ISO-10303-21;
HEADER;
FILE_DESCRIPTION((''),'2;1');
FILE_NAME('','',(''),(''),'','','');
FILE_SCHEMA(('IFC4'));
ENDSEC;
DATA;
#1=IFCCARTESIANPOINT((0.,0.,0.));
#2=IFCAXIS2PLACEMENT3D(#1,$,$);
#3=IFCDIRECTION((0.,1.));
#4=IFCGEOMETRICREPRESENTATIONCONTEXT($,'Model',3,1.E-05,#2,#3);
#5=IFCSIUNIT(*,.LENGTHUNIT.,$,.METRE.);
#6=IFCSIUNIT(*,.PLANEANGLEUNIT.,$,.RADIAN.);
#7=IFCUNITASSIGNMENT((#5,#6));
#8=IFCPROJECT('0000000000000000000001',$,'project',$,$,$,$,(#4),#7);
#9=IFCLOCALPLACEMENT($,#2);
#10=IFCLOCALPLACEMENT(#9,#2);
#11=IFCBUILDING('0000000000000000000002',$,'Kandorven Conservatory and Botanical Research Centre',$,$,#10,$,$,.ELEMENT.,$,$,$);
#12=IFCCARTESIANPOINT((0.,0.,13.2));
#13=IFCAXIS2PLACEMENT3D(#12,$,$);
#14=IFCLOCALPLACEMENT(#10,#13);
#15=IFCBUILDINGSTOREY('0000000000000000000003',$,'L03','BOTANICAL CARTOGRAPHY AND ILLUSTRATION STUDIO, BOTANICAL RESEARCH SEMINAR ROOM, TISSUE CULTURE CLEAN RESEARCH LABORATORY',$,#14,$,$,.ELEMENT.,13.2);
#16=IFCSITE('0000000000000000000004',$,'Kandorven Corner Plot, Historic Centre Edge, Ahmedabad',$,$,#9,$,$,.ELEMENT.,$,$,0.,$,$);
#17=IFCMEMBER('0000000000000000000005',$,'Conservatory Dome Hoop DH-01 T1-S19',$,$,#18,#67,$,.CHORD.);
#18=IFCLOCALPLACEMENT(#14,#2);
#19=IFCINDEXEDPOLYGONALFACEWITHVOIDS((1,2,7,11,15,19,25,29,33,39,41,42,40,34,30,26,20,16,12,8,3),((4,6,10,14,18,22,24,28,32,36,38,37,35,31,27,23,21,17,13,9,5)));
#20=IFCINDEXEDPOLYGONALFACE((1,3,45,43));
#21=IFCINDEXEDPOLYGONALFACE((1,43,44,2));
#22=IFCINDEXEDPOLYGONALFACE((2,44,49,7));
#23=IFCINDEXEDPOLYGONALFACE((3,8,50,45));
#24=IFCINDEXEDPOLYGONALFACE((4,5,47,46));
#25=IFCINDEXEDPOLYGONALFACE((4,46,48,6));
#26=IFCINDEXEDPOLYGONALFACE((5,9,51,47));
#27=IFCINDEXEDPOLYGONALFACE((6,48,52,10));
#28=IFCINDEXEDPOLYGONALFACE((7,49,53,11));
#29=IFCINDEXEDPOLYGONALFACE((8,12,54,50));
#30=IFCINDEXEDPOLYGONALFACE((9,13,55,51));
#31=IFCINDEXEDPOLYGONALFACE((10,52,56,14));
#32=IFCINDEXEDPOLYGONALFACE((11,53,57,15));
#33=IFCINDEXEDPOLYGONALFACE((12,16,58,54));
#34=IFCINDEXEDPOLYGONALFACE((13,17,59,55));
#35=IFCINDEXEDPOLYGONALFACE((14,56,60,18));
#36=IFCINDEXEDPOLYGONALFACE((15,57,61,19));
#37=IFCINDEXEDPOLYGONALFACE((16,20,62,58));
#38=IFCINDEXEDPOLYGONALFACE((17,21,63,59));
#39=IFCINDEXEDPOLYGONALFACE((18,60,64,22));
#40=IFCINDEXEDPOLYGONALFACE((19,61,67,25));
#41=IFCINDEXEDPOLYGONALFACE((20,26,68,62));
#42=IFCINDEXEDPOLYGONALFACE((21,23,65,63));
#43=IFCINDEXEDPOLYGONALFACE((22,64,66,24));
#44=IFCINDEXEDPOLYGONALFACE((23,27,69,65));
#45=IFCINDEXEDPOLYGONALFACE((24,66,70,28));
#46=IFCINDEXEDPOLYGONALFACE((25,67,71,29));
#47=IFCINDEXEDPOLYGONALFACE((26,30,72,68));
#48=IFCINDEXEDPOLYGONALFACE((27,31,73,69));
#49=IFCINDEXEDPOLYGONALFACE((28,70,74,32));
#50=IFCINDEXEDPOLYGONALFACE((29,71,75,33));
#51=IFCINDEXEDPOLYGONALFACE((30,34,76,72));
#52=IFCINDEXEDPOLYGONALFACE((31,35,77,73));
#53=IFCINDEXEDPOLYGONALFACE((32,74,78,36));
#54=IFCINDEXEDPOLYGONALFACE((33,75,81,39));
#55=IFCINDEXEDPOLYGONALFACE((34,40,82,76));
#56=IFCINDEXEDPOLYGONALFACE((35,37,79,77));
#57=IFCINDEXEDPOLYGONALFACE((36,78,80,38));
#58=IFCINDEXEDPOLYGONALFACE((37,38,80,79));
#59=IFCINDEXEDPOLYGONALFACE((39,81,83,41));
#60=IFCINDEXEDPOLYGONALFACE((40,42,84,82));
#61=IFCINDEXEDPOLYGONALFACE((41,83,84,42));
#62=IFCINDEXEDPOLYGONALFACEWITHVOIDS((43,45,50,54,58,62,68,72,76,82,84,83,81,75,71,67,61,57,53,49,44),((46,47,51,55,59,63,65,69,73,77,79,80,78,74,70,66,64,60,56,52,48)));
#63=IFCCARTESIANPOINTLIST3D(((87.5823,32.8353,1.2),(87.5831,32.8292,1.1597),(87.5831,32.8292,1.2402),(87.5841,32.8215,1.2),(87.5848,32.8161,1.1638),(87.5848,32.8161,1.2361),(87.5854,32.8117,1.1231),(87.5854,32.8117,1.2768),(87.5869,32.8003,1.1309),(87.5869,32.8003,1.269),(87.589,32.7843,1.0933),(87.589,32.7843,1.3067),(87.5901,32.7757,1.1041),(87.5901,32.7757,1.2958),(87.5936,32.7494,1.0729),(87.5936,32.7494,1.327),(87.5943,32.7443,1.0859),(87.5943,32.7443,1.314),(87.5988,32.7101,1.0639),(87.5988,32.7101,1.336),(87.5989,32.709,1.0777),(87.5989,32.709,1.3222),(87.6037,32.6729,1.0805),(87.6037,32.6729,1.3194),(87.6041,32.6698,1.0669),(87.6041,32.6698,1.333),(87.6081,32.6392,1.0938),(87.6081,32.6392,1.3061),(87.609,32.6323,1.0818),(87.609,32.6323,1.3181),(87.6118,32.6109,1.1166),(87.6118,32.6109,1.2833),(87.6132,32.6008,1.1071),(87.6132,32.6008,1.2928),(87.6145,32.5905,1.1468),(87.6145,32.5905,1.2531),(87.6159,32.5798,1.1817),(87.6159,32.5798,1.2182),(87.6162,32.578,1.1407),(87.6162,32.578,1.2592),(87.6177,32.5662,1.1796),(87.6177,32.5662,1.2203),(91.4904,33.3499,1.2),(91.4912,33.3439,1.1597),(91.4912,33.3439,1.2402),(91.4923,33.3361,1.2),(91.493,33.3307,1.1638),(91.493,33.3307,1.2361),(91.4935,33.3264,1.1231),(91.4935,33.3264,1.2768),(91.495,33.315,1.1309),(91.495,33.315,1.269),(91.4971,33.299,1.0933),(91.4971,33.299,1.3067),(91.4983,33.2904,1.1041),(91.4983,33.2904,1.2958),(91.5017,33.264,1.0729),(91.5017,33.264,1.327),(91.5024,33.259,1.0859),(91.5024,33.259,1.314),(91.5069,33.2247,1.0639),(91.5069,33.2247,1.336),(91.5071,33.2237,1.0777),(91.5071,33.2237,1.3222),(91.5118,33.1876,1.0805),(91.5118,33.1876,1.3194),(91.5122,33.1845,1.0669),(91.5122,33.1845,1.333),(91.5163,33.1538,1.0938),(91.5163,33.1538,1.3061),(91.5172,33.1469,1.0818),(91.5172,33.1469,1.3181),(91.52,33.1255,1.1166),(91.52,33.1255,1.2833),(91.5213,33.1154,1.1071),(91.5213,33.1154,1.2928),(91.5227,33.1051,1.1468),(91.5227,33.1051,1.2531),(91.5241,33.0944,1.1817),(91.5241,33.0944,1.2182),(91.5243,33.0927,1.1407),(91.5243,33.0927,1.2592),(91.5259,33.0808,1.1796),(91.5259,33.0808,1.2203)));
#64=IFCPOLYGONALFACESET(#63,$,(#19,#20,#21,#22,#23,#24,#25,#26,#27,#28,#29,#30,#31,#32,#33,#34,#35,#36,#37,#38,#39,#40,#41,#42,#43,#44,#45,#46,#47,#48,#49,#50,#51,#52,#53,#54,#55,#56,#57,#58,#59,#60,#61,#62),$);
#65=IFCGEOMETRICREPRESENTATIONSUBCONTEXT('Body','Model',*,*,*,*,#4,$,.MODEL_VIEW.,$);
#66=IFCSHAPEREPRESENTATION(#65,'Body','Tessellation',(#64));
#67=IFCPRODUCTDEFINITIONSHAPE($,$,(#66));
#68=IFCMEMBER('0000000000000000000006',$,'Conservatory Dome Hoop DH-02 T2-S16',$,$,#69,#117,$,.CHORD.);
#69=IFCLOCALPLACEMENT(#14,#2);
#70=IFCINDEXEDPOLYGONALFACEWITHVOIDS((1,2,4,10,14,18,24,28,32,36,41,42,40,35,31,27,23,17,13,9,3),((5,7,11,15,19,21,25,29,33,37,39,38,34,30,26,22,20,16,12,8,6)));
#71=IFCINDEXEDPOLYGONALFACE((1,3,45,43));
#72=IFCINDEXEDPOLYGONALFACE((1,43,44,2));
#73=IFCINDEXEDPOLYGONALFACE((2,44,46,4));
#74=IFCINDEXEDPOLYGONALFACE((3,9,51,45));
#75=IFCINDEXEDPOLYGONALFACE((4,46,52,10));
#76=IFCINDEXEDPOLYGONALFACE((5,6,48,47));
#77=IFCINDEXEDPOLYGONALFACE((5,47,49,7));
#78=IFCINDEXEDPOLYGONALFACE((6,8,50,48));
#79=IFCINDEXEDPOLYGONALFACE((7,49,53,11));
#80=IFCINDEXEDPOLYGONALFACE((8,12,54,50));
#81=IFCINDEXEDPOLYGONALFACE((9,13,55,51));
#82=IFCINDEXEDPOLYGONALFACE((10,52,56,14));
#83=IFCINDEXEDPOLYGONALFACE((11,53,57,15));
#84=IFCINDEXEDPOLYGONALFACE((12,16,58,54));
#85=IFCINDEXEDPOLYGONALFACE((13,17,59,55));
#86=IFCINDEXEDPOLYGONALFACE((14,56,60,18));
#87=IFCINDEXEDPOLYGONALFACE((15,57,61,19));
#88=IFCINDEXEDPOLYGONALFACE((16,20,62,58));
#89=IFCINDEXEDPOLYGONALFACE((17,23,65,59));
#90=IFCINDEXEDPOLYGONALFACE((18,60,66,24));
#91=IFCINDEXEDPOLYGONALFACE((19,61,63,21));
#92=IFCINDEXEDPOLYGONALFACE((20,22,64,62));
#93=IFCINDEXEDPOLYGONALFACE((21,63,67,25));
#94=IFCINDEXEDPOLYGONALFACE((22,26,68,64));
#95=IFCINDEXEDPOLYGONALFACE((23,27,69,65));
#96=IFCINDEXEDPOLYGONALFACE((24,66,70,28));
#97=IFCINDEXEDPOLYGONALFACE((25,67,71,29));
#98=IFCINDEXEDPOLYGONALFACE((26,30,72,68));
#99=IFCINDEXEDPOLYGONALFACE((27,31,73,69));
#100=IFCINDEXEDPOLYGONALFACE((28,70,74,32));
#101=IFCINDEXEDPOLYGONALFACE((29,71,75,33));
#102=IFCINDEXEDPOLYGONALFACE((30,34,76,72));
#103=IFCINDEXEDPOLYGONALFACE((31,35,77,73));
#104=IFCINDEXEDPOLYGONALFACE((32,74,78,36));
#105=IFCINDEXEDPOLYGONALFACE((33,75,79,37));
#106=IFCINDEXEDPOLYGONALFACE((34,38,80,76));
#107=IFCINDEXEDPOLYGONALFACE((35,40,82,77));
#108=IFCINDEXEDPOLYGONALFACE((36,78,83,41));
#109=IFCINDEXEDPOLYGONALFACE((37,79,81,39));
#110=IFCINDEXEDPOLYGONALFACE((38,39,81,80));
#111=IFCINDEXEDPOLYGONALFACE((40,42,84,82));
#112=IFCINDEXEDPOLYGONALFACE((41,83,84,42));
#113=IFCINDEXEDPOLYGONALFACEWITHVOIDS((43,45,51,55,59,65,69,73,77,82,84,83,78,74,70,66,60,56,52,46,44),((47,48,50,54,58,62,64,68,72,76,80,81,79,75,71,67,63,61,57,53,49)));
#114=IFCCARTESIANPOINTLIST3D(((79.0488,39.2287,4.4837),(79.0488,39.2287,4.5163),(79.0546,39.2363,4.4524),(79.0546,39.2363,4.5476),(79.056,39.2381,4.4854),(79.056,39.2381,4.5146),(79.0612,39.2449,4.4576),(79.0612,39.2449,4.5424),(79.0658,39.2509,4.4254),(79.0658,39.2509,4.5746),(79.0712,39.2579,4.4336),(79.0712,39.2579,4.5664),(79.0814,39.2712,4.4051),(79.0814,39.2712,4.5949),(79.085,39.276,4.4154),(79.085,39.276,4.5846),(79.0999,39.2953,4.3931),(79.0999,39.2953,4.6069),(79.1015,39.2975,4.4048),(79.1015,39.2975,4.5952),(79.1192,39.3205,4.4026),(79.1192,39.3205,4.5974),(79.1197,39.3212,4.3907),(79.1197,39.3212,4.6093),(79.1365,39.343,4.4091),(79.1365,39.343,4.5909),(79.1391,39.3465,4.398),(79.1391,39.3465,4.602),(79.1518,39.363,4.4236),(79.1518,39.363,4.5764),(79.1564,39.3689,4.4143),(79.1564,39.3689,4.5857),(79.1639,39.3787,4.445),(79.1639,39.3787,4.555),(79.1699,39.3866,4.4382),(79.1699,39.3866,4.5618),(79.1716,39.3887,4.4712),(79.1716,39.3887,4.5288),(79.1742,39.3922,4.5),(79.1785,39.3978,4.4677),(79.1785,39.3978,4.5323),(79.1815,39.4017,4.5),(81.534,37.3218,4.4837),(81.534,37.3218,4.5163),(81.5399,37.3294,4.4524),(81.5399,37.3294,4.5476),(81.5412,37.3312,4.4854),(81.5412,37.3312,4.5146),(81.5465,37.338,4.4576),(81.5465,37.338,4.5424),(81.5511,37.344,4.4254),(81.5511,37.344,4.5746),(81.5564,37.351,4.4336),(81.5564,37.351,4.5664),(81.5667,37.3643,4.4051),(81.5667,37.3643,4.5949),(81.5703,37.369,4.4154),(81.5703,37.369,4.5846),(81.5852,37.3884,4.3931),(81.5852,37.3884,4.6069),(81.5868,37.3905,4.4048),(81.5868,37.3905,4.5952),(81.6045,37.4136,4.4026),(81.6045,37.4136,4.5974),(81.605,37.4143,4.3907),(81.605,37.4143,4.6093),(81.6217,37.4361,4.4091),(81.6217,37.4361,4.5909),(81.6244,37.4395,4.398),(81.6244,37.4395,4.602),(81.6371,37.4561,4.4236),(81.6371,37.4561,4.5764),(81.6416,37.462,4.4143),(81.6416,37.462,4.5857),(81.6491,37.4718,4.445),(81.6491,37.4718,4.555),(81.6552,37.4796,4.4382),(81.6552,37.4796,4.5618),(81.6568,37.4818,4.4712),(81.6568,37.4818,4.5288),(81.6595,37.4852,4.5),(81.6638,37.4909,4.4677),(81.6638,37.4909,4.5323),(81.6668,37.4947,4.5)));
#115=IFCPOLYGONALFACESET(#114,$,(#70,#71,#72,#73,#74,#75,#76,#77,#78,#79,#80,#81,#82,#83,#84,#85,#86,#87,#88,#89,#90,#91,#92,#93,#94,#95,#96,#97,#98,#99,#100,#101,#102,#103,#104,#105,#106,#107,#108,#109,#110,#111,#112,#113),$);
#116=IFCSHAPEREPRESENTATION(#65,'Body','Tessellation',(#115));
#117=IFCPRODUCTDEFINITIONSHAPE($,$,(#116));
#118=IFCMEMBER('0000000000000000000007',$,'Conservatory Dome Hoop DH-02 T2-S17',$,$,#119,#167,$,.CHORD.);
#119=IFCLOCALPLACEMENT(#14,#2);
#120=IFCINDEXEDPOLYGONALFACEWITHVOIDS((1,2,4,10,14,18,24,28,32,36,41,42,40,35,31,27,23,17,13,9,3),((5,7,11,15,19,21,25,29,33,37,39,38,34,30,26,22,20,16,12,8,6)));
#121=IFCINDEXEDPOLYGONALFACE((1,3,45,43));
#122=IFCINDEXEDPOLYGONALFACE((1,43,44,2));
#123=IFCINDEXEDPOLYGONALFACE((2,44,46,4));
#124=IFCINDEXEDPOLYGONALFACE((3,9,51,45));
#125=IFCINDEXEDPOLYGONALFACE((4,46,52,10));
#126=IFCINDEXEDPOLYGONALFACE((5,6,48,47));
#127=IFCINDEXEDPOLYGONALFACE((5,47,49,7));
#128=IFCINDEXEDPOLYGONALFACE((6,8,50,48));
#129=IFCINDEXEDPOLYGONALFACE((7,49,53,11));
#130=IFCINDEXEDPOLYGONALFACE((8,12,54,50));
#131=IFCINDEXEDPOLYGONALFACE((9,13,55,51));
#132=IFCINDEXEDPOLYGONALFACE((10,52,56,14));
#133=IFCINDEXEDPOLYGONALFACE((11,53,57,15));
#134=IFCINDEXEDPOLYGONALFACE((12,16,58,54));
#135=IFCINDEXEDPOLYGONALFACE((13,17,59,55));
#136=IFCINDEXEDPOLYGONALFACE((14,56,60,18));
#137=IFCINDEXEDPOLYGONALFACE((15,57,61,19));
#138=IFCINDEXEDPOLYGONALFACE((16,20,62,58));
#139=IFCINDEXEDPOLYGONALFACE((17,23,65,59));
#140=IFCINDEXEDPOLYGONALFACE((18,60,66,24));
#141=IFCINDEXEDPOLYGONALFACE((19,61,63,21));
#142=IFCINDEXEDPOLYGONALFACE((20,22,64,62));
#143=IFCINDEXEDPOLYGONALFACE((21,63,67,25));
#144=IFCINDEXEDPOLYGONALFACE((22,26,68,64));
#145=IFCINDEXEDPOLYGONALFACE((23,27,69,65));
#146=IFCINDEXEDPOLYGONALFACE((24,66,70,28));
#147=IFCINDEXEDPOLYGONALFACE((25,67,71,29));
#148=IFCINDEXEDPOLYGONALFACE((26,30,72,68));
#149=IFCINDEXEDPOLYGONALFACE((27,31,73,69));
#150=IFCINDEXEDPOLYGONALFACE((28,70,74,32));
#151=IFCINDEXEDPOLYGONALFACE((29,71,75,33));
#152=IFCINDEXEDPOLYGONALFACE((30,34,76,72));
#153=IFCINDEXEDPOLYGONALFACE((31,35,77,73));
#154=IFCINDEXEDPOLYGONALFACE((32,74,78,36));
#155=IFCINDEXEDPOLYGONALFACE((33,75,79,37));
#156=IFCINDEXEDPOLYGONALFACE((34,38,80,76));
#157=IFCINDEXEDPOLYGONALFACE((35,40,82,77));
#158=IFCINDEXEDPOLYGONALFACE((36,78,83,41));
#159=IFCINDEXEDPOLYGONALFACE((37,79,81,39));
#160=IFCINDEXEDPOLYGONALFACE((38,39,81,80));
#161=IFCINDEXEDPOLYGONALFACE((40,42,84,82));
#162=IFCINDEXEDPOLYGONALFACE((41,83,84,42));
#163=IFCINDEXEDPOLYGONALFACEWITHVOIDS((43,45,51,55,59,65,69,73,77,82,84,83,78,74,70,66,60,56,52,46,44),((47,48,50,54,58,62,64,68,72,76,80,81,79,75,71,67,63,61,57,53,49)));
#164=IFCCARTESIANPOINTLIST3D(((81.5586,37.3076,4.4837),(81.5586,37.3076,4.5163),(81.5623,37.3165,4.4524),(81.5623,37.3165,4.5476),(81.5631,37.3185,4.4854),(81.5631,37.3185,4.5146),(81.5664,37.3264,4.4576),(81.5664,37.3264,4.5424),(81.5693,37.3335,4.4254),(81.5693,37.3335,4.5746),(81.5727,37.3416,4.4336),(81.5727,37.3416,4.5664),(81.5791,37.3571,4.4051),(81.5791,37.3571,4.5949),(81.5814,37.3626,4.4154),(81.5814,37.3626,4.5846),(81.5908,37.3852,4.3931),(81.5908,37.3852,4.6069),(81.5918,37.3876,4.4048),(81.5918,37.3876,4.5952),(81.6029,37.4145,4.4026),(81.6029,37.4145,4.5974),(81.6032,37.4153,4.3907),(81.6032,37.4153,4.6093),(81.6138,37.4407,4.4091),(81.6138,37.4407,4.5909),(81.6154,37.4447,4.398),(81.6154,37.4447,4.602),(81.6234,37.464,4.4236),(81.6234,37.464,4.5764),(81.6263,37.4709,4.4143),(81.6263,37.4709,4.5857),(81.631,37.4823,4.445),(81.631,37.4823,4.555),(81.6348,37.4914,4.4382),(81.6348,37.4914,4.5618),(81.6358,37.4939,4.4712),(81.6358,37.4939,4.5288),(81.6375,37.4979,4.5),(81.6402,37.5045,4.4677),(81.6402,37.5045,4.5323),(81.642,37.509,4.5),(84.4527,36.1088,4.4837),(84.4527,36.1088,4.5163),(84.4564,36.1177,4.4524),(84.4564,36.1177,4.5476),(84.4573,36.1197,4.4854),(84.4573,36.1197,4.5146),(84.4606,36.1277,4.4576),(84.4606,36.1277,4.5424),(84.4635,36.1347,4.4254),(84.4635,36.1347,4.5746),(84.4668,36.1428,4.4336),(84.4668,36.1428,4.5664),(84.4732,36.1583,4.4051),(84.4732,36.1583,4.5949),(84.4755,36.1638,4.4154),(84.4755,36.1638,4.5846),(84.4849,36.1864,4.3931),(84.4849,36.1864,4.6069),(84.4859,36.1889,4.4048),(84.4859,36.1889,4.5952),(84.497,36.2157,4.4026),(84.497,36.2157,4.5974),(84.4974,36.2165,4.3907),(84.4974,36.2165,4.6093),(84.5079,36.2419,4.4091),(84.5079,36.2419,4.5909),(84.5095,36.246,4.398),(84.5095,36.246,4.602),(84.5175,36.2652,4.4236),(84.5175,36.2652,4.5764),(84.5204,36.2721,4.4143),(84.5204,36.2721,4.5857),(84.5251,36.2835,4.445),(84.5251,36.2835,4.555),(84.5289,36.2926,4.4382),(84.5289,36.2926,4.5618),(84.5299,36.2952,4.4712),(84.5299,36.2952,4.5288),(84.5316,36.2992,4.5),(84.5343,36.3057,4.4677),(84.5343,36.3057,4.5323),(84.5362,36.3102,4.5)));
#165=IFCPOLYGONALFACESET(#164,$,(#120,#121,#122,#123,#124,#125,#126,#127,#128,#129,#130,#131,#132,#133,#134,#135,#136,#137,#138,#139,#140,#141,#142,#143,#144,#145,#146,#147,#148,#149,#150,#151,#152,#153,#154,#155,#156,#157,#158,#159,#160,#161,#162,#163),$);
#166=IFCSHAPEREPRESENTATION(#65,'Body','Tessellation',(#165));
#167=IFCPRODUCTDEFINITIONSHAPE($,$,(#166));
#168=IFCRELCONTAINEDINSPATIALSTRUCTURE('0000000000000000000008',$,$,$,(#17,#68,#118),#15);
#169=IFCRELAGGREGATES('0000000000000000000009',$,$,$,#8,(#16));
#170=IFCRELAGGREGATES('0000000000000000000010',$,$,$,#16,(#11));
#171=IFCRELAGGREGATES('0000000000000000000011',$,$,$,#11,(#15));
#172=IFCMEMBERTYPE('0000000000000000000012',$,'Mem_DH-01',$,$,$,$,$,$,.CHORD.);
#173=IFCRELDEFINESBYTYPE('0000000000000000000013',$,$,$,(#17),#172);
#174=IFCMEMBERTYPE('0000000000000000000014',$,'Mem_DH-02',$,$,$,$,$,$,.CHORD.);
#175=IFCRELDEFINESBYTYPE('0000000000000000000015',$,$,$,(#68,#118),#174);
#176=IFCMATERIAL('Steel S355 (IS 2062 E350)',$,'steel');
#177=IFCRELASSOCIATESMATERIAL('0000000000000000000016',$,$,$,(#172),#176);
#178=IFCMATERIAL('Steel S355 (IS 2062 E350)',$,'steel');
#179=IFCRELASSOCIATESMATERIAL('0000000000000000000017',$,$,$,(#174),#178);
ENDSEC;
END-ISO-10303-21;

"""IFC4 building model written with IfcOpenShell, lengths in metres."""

from ifc_helpers import new_model, si_unit, direction, frame, origin, origin_2d, place, context, subcontext, project, spatial, hollow_circle, extrude, material, material_profile, profile_set, type_object, element, save


model = new_model("IFC4")

# Units and contexts
model_context = context("Model", 3, precision=1e-05, world=origin(), true_north=direction((0.0, 1.0)))
body_context = subcontext(model_context, "Body", "Model", "MODEL_VIEW")
ifc_project = project(units=[si_unit("LENGTHUNIT", "METRE"), si_unit("PLANEANGLEUNIT", "RADIAN")], contexts=[model_context])

# Site, building, storey
site_placement = place(None, origin())
site = spatial("IfcSite", under=ifc_project, at=site_placement, Name="Kandorven Corner Plot, Historic Centre Edge, Ahmedabad", CompositionType="ELEMENT", RefElevation=0.0)
building_placement = place(site_placement, origin())
building = spatial("IfcBuilding", under=site, at=building_placement, Name="Kandorven Conservatory and Botanical Research Centre", CompositionType="ELEMENT")
storey_placement = place(building_placement, frame((0.0, 0.0, 13.2)))
storey = spatial("IfcBuildingStorey", under=building, at=storey_placement, Name="L03", Description="BOTANICAL CARTOGRAPHY AND ILLUSTRATION STUDIO, BOTANICAL RESEARCH SEMINAR ROOM, TISSUE CULTURE CLEAN RESEARCH LABORATORY", CompositionType="ELEMENT", Elevation=13.2)

# Members
ifc_material_1 = material(Name="Steel S355 (IS 2062 E350)", Category="steel")
ifc_material_profile_1 = material_profile(ifc_material_1, hollow_circle(Radius=0.1365, WallThickness=0.0139, at=origin_2d()))
ifc_profile_set_1 = profile_set([ifc_material_profile_1], Name="Steel S355 (IS 2062 E350)")
member_type_1 = type_object("IfcMemberType", Name="Mem_DH-01", PredefinedType="CHORD", material=ifc_profile_set_1)
for number, where, z_axis, x_axis, name in (
    (1, (87.6001, 32.7, 1.2), (0.991441, 0.130557, 0.0), (-0.130557, 0.991441, 0.0), "Conservatory Dome Hoop DH-01 T1-S19"),
):
    element("IfcMember", number, at=place(storey_placement, frame(where, z_axis=z_axis, x_axis=x_axis)), inside=storey, type_object=member_type_1, Name=name, PredefinedType="CHORD", context=body_context, shape_type="SweptSolid", body=[
        extrude(hollow_circle(Radius=0.1365, WallThickness=0.0139, at=origin_2d()), origin(), (0.0, 0.0, 1.0), 3.9419),
    ])
ifc_material_2 = material(Name="Steel S355 (IS 2062 E350)", Category="steel")
ifc_material_profile_2 = material_profile(ifc_material_2, hollow_circle(Radius=0.1096, WallThickness=0.012, at=origin_2d()))
ifc_profile_set_2 = profile_set([ifc_material_profile_2], Name="Steel S355 (IS 2062 E350)")
member_type_2 = type_object("IfcMemberType", Name="Mem_DH-02", PredefinedType="CHORD", material=ifc_profile_set_2)
for number, where, z_axis, x_axis, name in (
    (2, (79.1147, 39.3147, 4.5), (0.793368, -0.608742, 0.0), (0.608742, 0.793368, 0.0), "Conservatory Dome Hoop DH-02 T2-S16"),
    (3, (81.6001, 37.4077, 4.5), (0.923882, -0.382678, 0.0), (0.382678, 0.923882, 0.0), "Conservatory Dome Hoop DH-02 T2-S17"),
):
    element("IfcMember", number, at=place(storey_placement, frame(where, z_axis=z_axis, x_axis=x_axis)), inside=storey, type_object=member_type_2, Name=name, PredefinedType="CHORD", context=body_context, shape_type="SweptSolid", body=[
        extrude(hollow_circle(Radius=0.1096, WallThickness=0.012, at=origin_2d()), origin(), (0.0, 0.0, 1.0), 3.1326),
    ])

save(model, "model.ifc")
